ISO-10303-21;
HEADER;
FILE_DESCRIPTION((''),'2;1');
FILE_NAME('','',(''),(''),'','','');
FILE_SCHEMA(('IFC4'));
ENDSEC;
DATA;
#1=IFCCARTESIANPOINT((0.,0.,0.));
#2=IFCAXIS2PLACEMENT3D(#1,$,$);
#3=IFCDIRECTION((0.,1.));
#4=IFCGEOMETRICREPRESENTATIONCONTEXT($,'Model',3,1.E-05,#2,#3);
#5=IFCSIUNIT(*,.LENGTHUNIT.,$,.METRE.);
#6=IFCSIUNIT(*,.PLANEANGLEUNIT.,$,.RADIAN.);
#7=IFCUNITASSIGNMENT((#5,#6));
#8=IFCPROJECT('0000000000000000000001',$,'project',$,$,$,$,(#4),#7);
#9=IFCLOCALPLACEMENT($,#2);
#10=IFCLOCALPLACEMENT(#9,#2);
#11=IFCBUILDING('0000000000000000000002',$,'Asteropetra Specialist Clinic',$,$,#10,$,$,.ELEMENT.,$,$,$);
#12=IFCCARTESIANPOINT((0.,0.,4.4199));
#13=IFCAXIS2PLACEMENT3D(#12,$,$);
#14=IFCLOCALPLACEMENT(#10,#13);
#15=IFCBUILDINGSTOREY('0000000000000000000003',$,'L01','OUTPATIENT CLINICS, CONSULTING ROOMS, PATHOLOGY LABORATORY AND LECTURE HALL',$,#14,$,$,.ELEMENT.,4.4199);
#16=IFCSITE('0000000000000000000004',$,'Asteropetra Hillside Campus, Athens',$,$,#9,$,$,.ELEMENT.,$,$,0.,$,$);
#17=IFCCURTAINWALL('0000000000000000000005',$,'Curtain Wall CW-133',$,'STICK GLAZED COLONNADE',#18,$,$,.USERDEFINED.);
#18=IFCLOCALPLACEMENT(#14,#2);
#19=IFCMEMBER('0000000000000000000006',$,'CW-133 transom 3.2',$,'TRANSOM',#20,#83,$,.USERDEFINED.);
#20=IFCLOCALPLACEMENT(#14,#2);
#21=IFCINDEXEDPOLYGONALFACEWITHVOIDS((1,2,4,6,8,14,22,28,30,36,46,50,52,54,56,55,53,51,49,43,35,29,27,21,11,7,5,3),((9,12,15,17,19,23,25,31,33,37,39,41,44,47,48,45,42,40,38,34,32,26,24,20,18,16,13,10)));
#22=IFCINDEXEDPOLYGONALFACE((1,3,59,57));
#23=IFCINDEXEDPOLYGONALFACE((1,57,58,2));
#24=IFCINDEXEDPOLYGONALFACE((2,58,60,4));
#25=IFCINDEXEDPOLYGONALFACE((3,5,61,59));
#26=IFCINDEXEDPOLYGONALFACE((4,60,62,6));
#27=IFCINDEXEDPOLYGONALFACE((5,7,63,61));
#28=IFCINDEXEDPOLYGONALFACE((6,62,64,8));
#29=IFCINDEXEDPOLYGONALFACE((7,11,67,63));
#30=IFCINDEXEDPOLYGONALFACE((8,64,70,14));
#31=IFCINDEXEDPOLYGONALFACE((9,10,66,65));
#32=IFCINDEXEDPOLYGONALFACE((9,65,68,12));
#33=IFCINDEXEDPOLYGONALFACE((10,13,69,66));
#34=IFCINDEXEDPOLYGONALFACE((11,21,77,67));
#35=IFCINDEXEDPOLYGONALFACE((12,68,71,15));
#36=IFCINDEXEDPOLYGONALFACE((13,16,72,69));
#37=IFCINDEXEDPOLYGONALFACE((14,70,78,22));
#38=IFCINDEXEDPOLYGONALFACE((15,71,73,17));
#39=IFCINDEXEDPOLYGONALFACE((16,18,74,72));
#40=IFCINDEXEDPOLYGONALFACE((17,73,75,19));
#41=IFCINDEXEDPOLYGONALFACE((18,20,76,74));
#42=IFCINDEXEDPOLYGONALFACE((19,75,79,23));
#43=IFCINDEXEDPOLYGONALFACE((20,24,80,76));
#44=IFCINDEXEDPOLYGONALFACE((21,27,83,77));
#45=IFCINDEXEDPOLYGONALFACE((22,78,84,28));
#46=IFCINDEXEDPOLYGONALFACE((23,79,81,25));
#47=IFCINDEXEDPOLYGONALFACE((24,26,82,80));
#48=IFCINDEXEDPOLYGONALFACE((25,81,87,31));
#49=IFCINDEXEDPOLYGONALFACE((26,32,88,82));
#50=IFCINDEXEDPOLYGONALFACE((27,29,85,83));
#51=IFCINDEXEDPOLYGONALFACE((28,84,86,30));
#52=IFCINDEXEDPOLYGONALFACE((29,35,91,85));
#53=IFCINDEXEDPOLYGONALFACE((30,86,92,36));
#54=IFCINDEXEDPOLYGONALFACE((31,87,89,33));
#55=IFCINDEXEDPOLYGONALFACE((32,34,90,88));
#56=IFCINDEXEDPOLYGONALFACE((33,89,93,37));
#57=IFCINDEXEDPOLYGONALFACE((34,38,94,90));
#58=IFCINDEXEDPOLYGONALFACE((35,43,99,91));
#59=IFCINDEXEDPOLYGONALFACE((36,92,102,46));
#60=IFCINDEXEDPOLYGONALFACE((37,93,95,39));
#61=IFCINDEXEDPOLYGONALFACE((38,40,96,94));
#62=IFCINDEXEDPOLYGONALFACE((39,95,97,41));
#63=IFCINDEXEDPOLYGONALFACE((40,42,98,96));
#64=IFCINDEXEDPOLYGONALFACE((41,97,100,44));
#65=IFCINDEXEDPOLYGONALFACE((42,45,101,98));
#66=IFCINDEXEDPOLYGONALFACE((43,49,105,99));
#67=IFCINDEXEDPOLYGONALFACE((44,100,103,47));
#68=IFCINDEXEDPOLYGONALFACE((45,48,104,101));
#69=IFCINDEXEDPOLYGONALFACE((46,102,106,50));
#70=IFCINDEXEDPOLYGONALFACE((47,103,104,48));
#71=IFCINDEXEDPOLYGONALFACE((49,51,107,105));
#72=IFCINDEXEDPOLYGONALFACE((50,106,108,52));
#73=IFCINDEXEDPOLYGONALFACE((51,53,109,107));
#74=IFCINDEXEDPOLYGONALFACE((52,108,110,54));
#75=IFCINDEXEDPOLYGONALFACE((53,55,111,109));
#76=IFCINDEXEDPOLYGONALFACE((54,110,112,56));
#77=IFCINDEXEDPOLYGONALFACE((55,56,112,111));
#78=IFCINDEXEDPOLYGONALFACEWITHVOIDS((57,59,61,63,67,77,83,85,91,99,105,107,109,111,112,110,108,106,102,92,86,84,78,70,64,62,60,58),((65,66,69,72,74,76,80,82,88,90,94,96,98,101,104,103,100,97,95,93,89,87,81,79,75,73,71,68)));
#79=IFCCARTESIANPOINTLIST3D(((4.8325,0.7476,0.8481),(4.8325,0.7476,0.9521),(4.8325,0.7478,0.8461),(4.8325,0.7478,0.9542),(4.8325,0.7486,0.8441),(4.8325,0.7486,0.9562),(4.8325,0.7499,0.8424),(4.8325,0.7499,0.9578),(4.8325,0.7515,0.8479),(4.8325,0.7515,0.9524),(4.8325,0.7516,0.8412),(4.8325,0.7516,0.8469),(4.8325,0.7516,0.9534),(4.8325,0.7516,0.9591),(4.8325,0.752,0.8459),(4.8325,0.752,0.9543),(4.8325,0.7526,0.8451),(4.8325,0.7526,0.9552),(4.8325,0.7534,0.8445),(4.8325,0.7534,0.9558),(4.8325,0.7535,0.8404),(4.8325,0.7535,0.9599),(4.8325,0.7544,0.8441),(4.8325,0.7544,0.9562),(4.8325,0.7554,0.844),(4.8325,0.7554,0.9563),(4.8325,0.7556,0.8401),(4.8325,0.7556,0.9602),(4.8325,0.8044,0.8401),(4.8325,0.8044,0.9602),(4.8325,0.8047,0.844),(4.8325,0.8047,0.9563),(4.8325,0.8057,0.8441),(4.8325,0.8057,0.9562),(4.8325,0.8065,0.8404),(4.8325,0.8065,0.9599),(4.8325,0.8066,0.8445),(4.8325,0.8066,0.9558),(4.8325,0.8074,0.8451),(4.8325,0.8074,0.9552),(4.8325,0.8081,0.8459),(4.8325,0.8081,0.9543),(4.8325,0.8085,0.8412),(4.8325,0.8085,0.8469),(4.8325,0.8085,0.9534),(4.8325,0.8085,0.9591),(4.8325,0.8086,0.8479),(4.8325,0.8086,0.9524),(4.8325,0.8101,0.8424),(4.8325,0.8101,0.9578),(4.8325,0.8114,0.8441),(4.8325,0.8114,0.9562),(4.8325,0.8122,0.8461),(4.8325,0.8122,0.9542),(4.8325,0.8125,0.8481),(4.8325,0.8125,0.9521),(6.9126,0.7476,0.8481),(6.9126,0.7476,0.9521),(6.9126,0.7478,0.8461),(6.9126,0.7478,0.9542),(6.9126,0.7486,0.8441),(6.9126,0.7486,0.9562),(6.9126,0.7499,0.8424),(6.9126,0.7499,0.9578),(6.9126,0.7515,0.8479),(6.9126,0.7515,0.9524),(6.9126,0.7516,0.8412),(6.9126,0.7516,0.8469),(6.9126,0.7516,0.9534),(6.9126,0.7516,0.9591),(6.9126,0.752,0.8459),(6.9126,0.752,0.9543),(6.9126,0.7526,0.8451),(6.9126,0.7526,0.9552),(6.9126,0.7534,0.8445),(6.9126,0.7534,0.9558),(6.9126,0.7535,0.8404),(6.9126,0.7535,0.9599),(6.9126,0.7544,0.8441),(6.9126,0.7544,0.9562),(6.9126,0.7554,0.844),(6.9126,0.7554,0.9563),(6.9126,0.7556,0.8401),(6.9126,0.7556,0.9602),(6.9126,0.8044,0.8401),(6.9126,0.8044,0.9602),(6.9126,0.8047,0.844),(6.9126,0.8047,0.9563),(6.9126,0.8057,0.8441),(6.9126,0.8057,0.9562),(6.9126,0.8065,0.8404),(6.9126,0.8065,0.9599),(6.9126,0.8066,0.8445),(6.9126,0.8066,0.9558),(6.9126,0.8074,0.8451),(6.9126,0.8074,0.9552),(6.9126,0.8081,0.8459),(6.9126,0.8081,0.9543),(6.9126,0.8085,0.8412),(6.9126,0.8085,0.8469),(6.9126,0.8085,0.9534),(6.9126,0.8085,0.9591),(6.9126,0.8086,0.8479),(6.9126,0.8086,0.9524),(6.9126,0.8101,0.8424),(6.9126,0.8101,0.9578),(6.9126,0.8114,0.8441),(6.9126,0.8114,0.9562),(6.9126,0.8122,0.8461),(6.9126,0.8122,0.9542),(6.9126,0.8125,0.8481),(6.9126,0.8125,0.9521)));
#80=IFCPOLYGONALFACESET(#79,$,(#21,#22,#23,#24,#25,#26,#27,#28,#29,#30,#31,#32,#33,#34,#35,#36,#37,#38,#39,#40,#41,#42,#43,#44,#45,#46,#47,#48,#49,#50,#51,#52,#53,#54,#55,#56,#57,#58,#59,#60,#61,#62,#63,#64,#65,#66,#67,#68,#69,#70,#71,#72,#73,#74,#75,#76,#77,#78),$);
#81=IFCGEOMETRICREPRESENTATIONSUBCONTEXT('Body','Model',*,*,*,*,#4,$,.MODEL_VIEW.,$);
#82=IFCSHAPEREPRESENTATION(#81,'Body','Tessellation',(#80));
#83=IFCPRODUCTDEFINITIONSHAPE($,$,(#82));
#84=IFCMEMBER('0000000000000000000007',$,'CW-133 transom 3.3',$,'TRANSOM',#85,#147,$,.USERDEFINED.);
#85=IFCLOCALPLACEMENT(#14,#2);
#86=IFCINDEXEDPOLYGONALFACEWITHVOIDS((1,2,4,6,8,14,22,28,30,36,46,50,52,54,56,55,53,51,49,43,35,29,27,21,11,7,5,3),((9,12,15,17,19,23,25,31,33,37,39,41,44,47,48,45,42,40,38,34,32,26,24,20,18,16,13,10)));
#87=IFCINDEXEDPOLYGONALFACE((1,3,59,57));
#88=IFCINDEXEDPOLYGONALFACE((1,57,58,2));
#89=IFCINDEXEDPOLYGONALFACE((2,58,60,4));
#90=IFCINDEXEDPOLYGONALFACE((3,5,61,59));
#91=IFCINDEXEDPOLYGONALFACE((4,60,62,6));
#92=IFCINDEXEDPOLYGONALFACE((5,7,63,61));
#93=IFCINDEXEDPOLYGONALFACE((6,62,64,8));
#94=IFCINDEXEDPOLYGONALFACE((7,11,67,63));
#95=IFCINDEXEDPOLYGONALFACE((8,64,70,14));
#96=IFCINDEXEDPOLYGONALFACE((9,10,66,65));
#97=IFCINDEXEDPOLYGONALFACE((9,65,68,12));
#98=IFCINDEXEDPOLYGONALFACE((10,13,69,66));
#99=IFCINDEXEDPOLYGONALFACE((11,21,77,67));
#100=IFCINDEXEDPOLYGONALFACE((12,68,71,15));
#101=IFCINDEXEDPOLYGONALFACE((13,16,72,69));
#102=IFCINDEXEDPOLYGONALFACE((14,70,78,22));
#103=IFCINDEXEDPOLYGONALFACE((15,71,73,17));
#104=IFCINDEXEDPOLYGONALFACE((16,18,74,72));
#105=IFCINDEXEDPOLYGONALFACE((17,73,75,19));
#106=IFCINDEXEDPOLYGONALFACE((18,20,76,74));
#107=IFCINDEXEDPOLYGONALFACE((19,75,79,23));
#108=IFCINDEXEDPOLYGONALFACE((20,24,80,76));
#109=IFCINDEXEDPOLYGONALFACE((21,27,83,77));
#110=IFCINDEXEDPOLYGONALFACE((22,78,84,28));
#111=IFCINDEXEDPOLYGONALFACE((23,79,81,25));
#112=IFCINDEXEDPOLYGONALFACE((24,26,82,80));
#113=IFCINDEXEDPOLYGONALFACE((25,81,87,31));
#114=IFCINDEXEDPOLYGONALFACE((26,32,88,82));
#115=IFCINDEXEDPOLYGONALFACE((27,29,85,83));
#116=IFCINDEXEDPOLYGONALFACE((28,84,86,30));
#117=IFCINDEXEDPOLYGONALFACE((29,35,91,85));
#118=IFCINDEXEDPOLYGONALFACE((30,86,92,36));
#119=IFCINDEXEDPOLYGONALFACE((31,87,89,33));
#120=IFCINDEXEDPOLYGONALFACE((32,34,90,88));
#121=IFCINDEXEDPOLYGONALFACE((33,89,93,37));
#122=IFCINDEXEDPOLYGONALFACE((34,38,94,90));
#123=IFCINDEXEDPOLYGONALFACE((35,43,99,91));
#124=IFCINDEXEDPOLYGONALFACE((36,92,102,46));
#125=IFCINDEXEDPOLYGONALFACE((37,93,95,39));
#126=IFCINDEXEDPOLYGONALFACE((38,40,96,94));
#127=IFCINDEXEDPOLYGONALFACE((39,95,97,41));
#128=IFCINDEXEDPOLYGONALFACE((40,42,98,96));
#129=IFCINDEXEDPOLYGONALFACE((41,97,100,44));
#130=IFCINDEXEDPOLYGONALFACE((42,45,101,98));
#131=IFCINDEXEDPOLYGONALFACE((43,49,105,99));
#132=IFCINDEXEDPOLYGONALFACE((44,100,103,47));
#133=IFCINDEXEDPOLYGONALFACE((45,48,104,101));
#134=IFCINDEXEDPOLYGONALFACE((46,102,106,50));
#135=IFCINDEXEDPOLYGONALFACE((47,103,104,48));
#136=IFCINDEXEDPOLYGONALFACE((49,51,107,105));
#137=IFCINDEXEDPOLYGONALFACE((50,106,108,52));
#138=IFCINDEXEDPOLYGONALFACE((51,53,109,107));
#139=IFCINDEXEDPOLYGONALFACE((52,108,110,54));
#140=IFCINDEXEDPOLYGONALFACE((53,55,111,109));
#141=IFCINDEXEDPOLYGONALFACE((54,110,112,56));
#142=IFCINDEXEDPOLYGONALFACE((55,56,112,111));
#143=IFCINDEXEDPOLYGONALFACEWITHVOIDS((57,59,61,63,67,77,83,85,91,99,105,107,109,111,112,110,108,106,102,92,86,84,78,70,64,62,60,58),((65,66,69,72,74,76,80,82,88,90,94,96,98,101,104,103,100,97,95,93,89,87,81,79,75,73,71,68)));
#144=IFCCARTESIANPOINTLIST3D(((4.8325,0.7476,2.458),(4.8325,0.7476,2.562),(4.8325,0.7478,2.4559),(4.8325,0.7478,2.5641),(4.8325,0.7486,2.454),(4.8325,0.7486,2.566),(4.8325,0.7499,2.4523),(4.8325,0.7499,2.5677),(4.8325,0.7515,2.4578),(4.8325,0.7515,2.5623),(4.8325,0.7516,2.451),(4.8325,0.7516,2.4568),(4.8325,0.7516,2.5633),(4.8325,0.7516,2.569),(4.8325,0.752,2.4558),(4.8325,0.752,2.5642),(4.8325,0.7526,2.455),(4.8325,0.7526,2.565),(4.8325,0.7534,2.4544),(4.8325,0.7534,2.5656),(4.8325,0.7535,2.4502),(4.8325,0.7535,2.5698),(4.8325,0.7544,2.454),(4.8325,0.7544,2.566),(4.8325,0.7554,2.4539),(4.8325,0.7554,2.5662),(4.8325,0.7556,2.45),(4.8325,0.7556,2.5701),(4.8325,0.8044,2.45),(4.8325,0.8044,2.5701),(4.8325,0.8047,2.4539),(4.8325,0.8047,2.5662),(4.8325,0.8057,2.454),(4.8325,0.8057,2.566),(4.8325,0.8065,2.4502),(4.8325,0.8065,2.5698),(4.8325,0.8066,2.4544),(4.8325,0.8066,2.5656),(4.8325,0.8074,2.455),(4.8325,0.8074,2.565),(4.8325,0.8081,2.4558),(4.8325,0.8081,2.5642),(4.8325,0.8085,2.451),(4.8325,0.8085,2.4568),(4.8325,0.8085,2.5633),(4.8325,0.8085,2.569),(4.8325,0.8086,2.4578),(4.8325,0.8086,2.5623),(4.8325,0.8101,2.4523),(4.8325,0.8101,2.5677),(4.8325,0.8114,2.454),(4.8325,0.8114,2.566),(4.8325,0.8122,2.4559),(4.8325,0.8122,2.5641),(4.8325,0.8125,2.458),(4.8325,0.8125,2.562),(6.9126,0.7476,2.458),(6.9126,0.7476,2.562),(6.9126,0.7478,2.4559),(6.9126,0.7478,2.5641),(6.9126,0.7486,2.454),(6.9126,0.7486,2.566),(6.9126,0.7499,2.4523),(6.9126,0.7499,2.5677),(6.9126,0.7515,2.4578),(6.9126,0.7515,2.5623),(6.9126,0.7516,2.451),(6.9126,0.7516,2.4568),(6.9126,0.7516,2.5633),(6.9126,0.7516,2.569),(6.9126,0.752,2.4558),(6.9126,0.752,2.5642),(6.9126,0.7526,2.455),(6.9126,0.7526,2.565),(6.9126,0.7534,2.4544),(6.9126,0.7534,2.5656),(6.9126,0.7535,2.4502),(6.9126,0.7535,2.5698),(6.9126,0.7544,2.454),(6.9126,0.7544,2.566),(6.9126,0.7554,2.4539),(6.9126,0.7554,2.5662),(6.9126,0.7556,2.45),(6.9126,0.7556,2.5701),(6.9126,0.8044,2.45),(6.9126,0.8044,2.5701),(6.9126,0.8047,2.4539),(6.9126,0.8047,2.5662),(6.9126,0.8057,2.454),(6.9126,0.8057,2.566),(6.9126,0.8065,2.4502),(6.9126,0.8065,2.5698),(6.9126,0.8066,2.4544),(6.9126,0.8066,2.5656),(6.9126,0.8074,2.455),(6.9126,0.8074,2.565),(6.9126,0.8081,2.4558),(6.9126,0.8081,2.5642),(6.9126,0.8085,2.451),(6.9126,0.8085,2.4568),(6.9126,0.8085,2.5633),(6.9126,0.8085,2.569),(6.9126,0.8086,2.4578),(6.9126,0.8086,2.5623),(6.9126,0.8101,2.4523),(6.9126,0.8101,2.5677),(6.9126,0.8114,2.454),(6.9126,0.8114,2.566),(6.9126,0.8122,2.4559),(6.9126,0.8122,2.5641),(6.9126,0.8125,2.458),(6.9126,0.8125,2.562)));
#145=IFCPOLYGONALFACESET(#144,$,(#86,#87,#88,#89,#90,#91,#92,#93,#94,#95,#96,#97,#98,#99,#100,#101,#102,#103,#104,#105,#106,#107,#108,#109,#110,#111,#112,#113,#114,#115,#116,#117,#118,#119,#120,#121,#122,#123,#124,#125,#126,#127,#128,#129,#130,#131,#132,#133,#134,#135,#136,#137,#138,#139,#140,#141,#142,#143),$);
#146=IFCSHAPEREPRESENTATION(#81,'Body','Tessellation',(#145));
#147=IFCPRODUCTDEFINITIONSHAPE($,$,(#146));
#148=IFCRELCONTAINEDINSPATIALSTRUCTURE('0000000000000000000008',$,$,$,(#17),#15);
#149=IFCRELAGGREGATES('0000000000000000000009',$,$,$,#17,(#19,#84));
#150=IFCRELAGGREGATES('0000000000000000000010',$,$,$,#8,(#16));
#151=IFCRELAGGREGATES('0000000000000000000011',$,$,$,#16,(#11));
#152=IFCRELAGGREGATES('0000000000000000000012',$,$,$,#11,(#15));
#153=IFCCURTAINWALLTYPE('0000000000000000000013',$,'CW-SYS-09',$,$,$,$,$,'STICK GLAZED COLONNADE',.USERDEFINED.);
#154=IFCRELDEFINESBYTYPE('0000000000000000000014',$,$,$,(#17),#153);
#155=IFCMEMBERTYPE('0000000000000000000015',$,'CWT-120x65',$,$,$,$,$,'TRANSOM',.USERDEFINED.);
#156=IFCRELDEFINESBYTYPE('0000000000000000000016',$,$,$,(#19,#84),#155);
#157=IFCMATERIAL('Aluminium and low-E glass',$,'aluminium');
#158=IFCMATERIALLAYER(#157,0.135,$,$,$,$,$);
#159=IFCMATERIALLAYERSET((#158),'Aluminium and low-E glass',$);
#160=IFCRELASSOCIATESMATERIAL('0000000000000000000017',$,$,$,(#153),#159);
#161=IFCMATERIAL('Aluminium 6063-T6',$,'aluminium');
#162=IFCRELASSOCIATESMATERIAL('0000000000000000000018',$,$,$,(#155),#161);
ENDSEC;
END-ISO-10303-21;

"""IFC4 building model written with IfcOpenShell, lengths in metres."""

from ifc_helpers import new_model, si_unit, direction, frame, origin, origin_2d, place, context, subcontext, project, spatial, hollow_rectangle, extrude, material, layer, layer_set, material_profile, profile_set, type_object, element, aggregate, save


model = new_model("IFC4")

# Units and contexts
model_context = context("Model", 3, precision=1e-05, world=origin(), true_north=direction((0.0, 1.0)))
body_context = subcontext(model_context, "Body", "Model", "MODEL_VIEW")
ifc_project = project(units=[si_unit("LENGTHUNIT", "METRE"), si_unit("PLANEANGLEUNIT", "RADIAN")], contexts=[model_context])

# Site, building, storey
site_placement = place(None, origin())
site = spatial("IfcSite", under=ifc_project, at=site_placement, Name="Asteropetra Hillside Campus, Athens", CompositionType="ELEMENT", RefElevation=0.0)
building_placement = place(site_placement, origin())
building = spatial("IfcBuilding", under=site, at=building_placement, Name="Asteropetra Specialist Clinic", CompositionType="ELEMENT")
storey_placement = place(building_placement, frame((0.0, 0.0, 4.4199)))
storey = spatial("IfcBuildingStorey", under=building, at=storey_placement, Name="L01", Description="OUTPATIENT CLINICS, CONSULTING ROOMS, PATHOLOGY LABORATORY AND LECTURE HALL", CompositionType="ELEMENT", Elevation=4.4199)

# Curtain wall, members
ifc_material_1 = material(Name="Aluminium and low-E glass", Category="aluminium")
ifc_layer_1 = layer(ifc_material_1, 0.135)
ifc_layer_set_1 = layer_set([ifc_layer_1], Name="Aluminium and low-E glass")
curtain_wall_type = type_object("IfcCurtainWallType", Name="CW-SYS-09", ElementType="STICK GLAZED COLONNADE", PredefinedType="USERDEFINED", material=ifc_layer_set_1)
curtain_wall_placement = place(storey_placement, origin())
curtain_wall = element("IfcCurtainWall", 1, at=curtain_wall_placement, inside=storey, type_object=curtain_wall_type, Name="Curtain Wall CW-133", ObjectType="STICK GLAZED COLONNADE", PredefinedType="USERDEFINED")
ifc_material_2 = material(Name="Aluminium 6063-T6", Category="aluminium")
ifc_material_profile_1 = material_profile(ifc_material_2, hollow_rectangle(XDim=0.0649, YDim=0.1201, WallThickness=0.0039, InnerFilletRadius=0.0039, OuterFilletRadius=0.0081, at=origin_2d()), Name="TRN 120x65x4.0")
ifc_profile_set_1 = profile_set([ifc_material_profile_1], Name="Aluminium 6063-T6")
member_type_1 = type_object("IfcMemberType", Name="CWT-120x65", ElementType="TRANSOM", PredefinedType="USERDEFINED", material=ifc_profile_set_1)
member_1_placement = place(storey_placement, frame((4.8325, 0.78, 0.9001), z_axis=(1.0, 0.0, 0.0), x_axis=(0.0, 1.0, 0.0)))
member_1 = element("IfcMember", 2, at=member_1_placement, type_object=member_type_1, Name="CW-133 transom 3.2", ObjectType="TRANSOM", PredefinedType="USERDEFINED", context=body_context, shape_type="SweptSolid", body=[
    extrude(hollow_rectangle(XDim=0.0649, YDim=0.1201, WallThickness=0.0039, InnerFilletRadius=0.0039, OuterFilletRadius=0.0081, at=origin_2d()), origin(), (0.0, 0.0, 1.0), 2.0801),
])
member_2_placement = place(storey_placement, frame((4.8325, 0.78, 2.51), z_axis=(1.0, 0.0, 0.0), x_axis=(0.0, 1.0, 0.0)))
member_2 = element("IfcMember", 3, at=member_2_placement, type_object=member_type_1, Name="CW-133 transom 3.3", ObjectType="TRANSOM", PredefinedType="USERDEFINED", context=body_context, shape_type="SweptSolid", body=[
    extrude(hollow_rectangle(XDim=0.0649, YDim=0.1201, WallThickness=0.0039, InnerFilletRadius=0.0039, OuterFilletRadius=0.0081, at=origin_2d()), origin(), (0.0, 0.0, 1.0), 2.0801),
])

aggregate(curtain_wall, [member_1, member_2])

save(model, "model.ifc")
